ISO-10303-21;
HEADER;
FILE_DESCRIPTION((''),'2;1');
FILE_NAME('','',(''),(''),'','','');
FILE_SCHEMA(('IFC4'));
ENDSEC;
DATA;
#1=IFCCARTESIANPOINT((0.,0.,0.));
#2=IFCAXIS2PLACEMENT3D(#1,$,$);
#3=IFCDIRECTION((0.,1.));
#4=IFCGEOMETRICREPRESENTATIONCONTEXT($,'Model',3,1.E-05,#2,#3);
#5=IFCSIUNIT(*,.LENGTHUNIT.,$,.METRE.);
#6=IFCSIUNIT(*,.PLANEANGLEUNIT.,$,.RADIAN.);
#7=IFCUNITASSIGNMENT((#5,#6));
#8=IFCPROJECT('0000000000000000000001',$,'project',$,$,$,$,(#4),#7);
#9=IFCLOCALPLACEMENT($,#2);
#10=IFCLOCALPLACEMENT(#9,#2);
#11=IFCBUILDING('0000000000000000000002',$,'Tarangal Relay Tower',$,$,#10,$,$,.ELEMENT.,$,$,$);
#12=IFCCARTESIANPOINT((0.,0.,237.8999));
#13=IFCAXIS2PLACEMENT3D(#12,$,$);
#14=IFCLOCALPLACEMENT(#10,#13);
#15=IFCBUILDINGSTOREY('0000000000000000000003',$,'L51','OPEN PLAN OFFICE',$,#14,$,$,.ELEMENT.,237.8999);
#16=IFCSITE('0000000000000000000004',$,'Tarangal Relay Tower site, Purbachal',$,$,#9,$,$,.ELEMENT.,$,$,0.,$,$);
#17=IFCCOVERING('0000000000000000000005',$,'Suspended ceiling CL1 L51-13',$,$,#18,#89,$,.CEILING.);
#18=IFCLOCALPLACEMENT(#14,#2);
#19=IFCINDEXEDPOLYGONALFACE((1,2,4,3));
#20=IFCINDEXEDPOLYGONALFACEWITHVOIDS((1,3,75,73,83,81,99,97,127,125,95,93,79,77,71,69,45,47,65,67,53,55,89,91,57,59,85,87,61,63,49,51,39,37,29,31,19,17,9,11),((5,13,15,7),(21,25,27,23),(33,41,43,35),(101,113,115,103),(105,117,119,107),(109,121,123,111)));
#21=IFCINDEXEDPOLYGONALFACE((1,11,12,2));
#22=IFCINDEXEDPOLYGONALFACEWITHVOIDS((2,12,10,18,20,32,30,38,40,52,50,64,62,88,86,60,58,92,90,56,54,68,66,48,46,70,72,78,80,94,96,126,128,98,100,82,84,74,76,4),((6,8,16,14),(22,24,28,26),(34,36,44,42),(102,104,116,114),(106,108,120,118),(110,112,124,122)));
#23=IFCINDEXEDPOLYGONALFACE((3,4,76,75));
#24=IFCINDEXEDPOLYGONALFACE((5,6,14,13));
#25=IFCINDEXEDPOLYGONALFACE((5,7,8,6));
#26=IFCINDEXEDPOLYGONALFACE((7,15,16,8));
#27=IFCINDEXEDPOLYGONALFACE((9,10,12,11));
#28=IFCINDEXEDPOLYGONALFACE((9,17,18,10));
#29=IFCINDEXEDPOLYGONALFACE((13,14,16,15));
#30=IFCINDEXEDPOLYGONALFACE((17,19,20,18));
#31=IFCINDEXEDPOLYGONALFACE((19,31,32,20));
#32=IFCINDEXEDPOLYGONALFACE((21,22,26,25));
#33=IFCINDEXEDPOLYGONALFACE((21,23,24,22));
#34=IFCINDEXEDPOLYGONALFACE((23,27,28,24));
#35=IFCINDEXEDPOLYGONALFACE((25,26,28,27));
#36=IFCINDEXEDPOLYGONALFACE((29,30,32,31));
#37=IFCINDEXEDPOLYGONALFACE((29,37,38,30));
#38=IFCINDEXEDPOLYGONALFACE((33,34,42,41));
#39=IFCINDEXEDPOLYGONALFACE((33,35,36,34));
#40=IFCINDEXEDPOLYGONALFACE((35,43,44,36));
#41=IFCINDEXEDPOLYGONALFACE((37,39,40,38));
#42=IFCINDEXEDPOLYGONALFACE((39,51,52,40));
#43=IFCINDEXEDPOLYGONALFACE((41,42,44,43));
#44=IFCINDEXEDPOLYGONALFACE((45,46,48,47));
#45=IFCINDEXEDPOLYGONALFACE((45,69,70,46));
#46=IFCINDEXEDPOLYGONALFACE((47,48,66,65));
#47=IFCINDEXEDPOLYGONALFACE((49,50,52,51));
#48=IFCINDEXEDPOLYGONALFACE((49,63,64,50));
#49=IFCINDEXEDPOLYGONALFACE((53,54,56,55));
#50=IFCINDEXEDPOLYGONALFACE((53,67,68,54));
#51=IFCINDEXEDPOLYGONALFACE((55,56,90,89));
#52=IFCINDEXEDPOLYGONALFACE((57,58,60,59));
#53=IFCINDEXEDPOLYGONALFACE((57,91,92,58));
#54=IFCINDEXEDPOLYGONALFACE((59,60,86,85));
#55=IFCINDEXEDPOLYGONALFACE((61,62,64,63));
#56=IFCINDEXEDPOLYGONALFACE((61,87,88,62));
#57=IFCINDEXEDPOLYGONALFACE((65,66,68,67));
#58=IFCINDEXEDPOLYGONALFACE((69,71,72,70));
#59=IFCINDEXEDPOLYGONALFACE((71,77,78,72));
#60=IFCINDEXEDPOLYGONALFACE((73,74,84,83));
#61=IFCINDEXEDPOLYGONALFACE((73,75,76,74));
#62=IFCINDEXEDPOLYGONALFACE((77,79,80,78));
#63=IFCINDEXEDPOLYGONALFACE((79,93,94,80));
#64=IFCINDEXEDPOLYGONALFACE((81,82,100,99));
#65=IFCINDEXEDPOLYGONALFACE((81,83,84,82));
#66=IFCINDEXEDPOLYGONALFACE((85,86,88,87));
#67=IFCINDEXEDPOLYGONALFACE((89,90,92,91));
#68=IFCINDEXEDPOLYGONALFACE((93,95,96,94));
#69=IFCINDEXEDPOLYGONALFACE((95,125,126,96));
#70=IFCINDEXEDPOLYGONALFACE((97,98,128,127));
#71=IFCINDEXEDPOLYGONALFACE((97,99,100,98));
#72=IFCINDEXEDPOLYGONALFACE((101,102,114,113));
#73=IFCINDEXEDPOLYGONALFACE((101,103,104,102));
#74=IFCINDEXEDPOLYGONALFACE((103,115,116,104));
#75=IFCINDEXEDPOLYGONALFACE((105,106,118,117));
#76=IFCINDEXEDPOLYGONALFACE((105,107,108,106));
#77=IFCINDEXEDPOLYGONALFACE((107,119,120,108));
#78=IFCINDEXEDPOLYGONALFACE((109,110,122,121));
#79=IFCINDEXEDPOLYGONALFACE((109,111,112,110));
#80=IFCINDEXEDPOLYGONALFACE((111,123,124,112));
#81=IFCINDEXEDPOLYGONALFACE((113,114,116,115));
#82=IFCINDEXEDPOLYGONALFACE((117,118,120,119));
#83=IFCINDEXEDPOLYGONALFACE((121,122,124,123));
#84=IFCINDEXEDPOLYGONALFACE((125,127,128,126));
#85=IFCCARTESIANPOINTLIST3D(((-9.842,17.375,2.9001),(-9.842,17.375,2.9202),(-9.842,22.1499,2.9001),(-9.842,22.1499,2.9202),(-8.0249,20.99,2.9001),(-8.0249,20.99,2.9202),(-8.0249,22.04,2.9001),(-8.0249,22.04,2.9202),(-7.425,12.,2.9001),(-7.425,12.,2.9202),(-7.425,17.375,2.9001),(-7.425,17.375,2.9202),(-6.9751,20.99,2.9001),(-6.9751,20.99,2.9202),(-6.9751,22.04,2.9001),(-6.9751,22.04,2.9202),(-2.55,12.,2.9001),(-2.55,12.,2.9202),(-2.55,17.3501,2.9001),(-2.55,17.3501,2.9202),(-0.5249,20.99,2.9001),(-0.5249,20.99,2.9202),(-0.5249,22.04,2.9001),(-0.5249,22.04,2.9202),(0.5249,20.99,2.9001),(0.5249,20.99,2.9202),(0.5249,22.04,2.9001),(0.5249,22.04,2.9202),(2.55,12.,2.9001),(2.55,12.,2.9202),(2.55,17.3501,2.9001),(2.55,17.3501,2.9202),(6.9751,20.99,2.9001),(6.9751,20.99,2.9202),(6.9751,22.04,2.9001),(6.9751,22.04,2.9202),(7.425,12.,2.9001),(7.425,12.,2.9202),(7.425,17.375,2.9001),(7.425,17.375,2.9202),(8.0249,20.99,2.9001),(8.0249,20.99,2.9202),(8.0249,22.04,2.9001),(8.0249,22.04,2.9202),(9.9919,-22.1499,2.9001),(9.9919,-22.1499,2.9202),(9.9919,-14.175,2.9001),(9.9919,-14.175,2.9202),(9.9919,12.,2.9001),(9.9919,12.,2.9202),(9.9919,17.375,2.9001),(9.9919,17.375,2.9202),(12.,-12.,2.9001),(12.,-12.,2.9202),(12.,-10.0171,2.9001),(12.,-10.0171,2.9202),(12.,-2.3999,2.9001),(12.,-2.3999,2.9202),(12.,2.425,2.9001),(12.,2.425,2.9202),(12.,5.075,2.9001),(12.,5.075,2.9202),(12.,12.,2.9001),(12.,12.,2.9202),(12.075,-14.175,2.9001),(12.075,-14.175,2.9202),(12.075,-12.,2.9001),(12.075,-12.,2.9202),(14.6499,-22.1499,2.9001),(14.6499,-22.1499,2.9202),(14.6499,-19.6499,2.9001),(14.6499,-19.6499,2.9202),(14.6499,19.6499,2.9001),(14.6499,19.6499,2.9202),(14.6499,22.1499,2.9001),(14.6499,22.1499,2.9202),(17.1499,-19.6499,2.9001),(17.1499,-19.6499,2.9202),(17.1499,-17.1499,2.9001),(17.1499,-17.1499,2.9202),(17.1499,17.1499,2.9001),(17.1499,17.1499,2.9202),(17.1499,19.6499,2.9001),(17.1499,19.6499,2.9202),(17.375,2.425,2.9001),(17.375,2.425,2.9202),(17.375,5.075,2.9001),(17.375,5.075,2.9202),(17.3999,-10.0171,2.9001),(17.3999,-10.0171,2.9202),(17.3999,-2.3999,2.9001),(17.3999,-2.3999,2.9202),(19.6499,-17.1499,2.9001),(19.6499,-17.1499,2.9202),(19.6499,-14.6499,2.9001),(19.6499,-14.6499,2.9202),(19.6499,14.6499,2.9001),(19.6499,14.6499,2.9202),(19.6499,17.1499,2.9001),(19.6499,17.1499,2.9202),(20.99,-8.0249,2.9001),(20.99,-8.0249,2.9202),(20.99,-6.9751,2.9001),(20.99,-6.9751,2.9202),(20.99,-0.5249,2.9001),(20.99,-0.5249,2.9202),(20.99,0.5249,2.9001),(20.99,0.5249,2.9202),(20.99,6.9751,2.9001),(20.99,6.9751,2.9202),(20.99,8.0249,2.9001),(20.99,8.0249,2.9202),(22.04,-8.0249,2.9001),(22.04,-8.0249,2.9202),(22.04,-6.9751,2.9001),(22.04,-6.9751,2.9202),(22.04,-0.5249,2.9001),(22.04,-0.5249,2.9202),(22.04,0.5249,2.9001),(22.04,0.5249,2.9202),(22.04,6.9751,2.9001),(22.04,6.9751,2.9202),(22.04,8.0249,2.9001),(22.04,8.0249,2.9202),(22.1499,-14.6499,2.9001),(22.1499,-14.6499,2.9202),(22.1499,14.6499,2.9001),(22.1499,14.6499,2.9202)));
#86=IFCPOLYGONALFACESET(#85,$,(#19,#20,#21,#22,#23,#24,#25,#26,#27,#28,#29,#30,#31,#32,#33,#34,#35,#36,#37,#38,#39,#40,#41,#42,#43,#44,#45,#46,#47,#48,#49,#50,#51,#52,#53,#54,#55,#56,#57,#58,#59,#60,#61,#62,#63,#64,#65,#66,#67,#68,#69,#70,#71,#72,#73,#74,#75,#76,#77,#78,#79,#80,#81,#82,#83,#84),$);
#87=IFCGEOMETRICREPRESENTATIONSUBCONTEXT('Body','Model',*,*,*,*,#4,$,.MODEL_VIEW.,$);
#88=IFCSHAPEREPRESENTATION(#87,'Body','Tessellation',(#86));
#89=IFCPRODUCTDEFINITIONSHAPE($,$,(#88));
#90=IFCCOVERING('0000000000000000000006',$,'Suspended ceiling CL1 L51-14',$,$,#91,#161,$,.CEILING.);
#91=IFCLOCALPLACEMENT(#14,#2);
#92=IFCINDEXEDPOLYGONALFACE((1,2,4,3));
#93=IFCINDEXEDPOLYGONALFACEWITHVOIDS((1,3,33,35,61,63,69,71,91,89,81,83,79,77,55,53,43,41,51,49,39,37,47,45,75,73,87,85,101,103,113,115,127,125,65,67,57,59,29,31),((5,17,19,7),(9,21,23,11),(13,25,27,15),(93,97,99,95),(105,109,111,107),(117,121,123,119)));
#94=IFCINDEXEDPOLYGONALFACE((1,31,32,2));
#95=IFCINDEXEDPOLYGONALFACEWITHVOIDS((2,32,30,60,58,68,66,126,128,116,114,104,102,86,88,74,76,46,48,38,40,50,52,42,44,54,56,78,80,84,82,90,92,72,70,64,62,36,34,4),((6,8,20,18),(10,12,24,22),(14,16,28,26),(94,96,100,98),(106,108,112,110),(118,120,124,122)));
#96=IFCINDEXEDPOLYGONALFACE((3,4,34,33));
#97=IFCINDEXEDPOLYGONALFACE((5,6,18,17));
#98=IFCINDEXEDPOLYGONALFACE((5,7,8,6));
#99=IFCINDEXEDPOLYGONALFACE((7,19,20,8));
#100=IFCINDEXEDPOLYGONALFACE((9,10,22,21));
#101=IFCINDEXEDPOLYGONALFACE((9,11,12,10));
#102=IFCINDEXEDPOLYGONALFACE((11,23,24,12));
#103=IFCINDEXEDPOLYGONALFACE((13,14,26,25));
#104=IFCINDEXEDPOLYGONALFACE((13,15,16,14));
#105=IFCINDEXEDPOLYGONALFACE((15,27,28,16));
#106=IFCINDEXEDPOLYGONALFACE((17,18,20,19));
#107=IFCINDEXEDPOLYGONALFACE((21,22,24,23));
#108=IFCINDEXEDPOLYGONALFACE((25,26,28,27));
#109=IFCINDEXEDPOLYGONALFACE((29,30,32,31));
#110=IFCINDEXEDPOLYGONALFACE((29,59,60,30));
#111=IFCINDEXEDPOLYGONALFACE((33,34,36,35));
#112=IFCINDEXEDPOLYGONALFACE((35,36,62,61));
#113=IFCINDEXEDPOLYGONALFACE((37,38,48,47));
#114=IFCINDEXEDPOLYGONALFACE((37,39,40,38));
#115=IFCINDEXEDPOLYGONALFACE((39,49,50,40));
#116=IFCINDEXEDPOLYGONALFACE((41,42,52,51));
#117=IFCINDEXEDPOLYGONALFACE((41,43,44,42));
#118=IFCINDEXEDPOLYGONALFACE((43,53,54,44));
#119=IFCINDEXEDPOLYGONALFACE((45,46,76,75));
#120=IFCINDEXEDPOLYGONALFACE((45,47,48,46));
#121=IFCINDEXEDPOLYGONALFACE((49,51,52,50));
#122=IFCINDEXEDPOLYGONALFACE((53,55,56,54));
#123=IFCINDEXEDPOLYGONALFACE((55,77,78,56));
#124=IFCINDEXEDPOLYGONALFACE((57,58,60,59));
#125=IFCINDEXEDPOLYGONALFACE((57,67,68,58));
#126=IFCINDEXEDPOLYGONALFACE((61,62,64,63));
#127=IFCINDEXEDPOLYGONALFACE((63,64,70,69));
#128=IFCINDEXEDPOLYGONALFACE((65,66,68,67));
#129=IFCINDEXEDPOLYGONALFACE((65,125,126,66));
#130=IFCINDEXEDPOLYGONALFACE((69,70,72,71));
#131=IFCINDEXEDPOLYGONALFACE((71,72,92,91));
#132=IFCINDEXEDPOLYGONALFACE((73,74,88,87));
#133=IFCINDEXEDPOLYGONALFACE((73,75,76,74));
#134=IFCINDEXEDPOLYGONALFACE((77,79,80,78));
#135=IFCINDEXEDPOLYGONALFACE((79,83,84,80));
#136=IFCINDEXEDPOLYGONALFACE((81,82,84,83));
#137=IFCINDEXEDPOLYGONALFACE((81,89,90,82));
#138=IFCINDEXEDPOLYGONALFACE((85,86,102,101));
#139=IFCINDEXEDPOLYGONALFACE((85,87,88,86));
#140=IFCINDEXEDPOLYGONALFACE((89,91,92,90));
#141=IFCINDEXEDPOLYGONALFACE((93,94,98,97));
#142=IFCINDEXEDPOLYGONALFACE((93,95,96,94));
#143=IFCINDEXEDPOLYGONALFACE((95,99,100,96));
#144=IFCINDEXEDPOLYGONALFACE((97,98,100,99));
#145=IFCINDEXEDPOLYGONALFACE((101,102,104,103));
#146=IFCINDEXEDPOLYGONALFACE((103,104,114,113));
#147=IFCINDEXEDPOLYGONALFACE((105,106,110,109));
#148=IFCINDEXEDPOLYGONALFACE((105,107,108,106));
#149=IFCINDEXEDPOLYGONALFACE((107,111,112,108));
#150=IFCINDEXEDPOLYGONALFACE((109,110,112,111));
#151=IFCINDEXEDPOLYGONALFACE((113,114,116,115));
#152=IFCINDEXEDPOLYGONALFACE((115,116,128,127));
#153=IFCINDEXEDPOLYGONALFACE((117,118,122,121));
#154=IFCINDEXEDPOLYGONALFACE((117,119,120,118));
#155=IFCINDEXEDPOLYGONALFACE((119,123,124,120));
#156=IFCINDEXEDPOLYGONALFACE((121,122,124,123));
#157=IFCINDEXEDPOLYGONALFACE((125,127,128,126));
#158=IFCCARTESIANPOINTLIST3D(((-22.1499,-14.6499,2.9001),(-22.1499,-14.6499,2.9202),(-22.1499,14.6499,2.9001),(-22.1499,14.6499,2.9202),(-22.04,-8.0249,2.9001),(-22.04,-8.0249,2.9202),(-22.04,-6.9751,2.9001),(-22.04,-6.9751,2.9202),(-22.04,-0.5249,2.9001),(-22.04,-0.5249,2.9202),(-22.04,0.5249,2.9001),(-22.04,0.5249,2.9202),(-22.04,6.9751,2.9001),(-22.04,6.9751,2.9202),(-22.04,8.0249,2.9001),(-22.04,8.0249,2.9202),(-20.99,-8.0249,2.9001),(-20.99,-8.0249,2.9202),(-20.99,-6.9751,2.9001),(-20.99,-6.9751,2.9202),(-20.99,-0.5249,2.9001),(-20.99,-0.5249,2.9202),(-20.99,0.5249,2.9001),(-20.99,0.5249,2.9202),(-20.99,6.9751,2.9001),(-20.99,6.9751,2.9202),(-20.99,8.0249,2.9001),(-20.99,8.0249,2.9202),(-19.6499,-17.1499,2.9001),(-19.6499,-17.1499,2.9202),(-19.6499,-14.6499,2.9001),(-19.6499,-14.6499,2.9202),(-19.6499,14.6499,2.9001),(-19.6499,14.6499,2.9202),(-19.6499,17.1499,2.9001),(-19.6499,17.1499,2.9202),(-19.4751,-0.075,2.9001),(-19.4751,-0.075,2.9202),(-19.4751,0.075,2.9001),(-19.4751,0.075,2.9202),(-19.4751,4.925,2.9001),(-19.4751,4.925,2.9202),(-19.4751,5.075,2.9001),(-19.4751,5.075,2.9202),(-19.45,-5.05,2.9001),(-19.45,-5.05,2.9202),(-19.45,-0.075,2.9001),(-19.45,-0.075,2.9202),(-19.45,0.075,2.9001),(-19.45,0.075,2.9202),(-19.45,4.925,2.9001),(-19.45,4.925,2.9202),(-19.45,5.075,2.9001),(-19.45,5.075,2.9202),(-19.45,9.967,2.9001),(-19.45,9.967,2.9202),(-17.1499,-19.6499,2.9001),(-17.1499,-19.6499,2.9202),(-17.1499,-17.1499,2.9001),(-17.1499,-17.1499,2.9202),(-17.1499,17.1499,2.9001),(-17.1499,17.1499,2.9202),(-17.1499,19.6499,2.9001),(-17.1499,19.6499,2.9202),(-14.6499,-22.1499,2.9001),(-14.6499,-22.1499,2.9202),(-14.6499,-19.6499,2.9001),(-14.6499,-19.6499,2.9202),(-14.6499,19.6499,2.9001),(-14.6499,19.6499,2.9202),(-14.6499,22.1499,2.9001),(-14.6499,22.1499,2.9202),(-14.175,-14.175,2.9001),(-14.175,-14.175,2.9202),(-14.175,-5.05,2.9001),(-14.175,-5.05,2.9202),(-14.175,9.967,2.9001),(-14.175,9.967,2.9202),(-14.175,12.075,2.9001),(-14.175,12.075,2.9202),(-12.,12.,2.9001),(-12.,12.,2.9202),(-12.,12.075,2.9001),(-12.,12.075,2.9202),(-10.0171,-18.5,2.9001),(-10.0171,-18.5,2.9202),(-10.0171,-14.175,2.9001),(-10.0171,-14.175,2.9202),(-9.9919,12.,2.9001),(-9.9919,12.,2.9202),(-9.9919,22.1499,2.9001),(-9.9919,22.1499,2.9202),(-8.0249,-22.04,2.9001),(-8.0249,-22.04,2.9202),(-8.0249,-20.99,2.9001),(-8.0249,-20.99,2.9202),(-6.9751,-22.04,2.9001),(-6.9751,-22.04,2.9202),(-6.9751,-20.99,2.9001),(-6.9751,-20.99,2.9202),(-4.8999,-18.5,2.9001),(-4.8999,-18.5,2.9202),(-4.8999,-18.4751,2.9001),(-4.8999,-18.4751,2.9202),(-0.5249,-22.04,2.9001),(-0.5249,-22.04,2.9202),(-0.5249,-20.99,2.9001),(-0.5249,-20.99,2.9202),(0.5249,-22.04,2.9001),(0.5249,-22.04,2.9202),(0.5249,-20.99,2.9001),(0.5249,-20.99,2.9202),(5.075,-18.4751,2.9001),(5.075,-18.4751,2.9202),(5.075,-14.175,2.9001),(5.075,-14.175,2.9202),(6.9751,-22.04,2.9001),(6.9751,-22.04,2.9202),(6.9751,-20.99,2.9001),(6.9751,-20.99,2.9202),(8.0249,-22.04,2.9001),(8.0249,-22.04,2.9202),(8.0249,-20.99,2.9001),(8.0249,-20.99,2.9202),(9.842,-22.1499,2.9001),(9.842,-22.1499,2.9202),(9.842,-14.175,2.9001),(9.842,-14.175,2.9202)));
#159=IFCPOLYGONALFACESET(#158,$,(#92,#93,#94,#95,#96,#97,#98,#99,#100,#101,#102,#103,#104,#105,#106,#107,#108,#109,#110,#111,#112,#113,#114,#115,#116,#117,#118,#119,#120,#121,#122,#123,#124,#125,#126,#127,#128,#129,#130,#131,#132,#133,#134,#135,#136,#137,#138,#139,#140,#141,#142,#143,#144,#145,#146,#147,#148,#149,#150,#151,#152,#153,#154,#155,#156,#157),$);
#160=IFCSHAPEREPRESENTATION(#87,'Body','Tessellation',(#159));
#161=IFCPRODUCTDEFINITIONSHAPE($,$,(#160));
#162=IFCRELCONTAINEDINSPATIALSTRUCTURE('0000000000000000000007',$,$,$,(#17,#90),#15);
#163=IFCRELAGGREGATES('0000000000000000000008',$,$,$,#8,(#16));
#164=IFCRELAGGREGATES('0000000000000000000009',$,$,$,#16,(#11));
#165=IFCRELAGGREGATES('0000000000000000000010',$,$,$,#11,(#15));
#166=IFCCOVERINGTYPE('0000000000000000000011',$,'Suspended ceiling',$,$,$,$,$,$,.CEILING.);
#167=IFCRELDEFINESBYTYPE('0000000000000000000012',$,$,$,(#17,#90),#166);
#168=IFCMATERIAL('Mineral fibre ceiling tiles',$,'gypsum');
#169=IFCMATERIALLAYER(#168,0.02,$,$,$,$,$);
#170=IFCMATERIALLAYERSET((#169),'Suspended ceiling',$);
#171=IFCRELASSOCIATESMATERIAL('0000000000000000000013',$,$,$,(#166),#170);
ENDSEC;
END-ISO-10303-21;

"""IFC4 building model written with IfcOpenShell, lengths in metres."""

from ifc_helpers import new_model, si_unit, direction, frame, origin, place, context, subcontext, project, spatial, polyline, outline, extrude, material, layer, layer_set, type_object, element, save


model = new_model("IFC4")

# Units and contexts
model_context = context("Model", 3, precision=1e-05, world=origin(), true_north=direction((0.0, 1.0)))
body_context = subcontext(model_context, "Body", "Model", "MODEL_VIEW")
ifc_project = project(units=[si_unit("LENGTHUNIT", "METRE"), si_unit("PLANEANGLEUNIT", "RADIAN")], contexts=[model_context])

# Site, building, storey
site_placement = place(None, origin())
site = spatial("IfcSite", under=ifc_project, at=site_placement, Name="Tarangal Relay Tower site, Purbachal", CompositionType="ELEMENT", RefElevation=0.0)
building_placement = place(site_placement, origin())
building = spatial("IfcBuilding", under=site, at=building_placement, Name="Tarangal Relay Tower", CompositionType="ELEMENT")
storey_placement = place(building_placement, frame((0.0, 0.0, 237.8999)))
storey = spatial("IfcBuildingStorey", under=building, at=storey_placement, Name="L51", Description="OPEN PLAN OFFICE", CompositionType="ELEMENT", Elevation=237.8999)

# Coverings
ifc_material_1 = material(Name="Mineral fibre ceiling tiles", Category="gypsum")
ifc_layer_1 = layer(ifc_material_1, 0.02)
ifc_layer_set_1 = layer_set([ifc_layer_1], Name="Suspended ceiling")
covering_type = type_object("IfcCoveringType", Name="Suspended ceiling", PredefinedType="CEILING", material=ifc_layer_set_1)
covering_1_placement = place(storey_placement, frame((0.0, 0.0, 2.9001)))
element("IfcCovering", 1, at=covering_1_placement, inside=storey, type_object=covering_type, Name="Suspended ceiling CL1 L51-13", PredefinedType="CEILING", context=body_context, shape_type="SweptSolid", body=[
    extrude(outline(polyline([(7.425, 12.0), (7.425, 17.375), (9.9919, 17.375), (9.9919, 12.0), (12.0, 12.0), (12.0, 5.075), (17.375, 5.075), (17.375, 2.425), (12.0, 2.425), (12.0, -2.3999), (17.3999, -2.3999), (17.3999, -10.0171), (12.0, -10.0171), (12.0, -12.0), (12.075, -12.0), (12.075, -14.175), (9.9919, -14.175), (9.9919, -22.1499), (14.6499, -22.1499), (14.6499, -19.6499), (17.1499, -19.6499), (17.1499, -17.1499), (19.6499, -17.1499), (19.6499, -14.6499), (22.1499, -14.6499), (22.1499, 14.6499), (19.6499, 14.6499), (19.6499, 17.1499), (17.1499, 17.1499), (17.1499, 19.6499), (14.6499, 19.6499), (14.6499, 22.1499), (-9.842, 22.1499), (-9.842, 17.375), (-7.425, 17.375), (-7.425, 12.0), (-2.55, 12.0), (-2.55, 17.3501), (2.55, 17.3501), (2.55, 12.0), (7.425, 12.0)]), holes=[polyline([(20.99, -8.0249), (22.04, -8.0249), (22.04, -6.9751), (20.99, -6.9751), (20.99, -8.0249)]), polyline([(20.99, 0.5249), (20.99, -0.5249), (22.04, -0.5249), (22.04, 0.5249), (20.99, 0.5249)]), polyline([(20.99, 8.0249), (20.99, 6.9751), (22.04, 6.9751), (22.04, 8.0249), (20.99, 8.0249)]), polyline([(-8.0249, 20.99), (-6.9751, 20.99), (-6.9751, 22.04), (-8.0249, 22.04), (-8.0249, 20.99)]), polyline([(-0.5249, 22.04), (-0.5249, 20.99), (0.5249, 20.99), (0.5249, 22.04), (-0.5249, 22.04)]), polyline([(6.9751, 22.04), (6.9751, 20.99), (8.0249, 20.99), (8.0249, 22.04), (6.9751, 22.04)])]), origin(), (0.0, 0.0, 1.0), 0.02),
])
covering_2_placement = place(storey_placement, frame((0.0, 0.0, 2.9001)))
element("IfcCovering", 2, at=covering_2_placement, inside=storey, type_object=covering_type, Name="Suspended ceiling CL1 L51-14", PredefinedType="CEILING", context=body_context, shape_type="SweptSolid", body=[
    extrude(outline(polyline([(-14.6499, -22.1499), (9.842, -22.1499), (9.842, -14.175), (5.075, -14.175), (5.075, -18.4751), (-4.8999, -18.4751), (-4.8999, -18.5), (-10.0171, -18.5), (-10.0171, -14.175), (-14.175, -14.175), (-14.175, -5.05), (-19.45, -5.05), (-19.45, -0.075), (-19.4751, -0.075), (-19.4751, 0.075), (-19.45, 0.075), (-19.45, 4.925), (-19.4751, 4.925), (-19.4751, 5.075), (-19.45, 5.075), (-19.45, 9.967), (-14.175, 9.967), (-14.175, 12.075), (-12.0, 12.075), (-12.0, 12.0), (-9.9919, 12.0), (-9.9919, 22.1499), (-14.6499, 22.1499), (-14.6499, 19.6499), (-17.1499, 19.6499), (-17.1499, 17.1499), (-19.6499, 17.1499), (-19.6499, 14.6499), (-22.1499, 14.6499), (-22.1499, -14.6499), (-19.6499, -14.6499), (-19.6499, -17.1499), (-17.1499, -17.1499), (-17.1499, -19.6499), (-14.6499, -19.6499), (-14.6499, -22.1499)]), holes=[polyline([(-8.0249, -22.04), (-6.9751, -22.04), (-6.9751, -20.99), (-8.0249, -20.99), (-8.0249, -22.04)]), polyline([(-0.5249, -20.99), (-0.5249, -22.04), (0.5249, -22.04), (0.5249, -20.99), (-0.5249, -20.99)]), polyline([(6.9751, -20.99), (6.9751, -22.04), (8.0249, -22.04), (8.0249, -20.99), (6.9751, -20.99)]), polyline([(-22.04, -8.0249), (-20.99, -8.0249), (-20.99, -6.9751), (-22.04, -6.9751), (-22.04, -8.0249)]), polyline([(-22.04, 0.5249), (-22.04, -0.5249), (-20.99, -0.5249), (-20.99, 0.5249), (-22.04, 0.5249)]), polyline([(-22.04, 8.0249), (-22.04, 6.9751), (-20.99, 6.9751), (-20.99, 8.0249), (-22.04, 8.0249)])]), origin(), (0.0, 0.0, 1.0), 0.02),
])

save(model, "model.ifc")
